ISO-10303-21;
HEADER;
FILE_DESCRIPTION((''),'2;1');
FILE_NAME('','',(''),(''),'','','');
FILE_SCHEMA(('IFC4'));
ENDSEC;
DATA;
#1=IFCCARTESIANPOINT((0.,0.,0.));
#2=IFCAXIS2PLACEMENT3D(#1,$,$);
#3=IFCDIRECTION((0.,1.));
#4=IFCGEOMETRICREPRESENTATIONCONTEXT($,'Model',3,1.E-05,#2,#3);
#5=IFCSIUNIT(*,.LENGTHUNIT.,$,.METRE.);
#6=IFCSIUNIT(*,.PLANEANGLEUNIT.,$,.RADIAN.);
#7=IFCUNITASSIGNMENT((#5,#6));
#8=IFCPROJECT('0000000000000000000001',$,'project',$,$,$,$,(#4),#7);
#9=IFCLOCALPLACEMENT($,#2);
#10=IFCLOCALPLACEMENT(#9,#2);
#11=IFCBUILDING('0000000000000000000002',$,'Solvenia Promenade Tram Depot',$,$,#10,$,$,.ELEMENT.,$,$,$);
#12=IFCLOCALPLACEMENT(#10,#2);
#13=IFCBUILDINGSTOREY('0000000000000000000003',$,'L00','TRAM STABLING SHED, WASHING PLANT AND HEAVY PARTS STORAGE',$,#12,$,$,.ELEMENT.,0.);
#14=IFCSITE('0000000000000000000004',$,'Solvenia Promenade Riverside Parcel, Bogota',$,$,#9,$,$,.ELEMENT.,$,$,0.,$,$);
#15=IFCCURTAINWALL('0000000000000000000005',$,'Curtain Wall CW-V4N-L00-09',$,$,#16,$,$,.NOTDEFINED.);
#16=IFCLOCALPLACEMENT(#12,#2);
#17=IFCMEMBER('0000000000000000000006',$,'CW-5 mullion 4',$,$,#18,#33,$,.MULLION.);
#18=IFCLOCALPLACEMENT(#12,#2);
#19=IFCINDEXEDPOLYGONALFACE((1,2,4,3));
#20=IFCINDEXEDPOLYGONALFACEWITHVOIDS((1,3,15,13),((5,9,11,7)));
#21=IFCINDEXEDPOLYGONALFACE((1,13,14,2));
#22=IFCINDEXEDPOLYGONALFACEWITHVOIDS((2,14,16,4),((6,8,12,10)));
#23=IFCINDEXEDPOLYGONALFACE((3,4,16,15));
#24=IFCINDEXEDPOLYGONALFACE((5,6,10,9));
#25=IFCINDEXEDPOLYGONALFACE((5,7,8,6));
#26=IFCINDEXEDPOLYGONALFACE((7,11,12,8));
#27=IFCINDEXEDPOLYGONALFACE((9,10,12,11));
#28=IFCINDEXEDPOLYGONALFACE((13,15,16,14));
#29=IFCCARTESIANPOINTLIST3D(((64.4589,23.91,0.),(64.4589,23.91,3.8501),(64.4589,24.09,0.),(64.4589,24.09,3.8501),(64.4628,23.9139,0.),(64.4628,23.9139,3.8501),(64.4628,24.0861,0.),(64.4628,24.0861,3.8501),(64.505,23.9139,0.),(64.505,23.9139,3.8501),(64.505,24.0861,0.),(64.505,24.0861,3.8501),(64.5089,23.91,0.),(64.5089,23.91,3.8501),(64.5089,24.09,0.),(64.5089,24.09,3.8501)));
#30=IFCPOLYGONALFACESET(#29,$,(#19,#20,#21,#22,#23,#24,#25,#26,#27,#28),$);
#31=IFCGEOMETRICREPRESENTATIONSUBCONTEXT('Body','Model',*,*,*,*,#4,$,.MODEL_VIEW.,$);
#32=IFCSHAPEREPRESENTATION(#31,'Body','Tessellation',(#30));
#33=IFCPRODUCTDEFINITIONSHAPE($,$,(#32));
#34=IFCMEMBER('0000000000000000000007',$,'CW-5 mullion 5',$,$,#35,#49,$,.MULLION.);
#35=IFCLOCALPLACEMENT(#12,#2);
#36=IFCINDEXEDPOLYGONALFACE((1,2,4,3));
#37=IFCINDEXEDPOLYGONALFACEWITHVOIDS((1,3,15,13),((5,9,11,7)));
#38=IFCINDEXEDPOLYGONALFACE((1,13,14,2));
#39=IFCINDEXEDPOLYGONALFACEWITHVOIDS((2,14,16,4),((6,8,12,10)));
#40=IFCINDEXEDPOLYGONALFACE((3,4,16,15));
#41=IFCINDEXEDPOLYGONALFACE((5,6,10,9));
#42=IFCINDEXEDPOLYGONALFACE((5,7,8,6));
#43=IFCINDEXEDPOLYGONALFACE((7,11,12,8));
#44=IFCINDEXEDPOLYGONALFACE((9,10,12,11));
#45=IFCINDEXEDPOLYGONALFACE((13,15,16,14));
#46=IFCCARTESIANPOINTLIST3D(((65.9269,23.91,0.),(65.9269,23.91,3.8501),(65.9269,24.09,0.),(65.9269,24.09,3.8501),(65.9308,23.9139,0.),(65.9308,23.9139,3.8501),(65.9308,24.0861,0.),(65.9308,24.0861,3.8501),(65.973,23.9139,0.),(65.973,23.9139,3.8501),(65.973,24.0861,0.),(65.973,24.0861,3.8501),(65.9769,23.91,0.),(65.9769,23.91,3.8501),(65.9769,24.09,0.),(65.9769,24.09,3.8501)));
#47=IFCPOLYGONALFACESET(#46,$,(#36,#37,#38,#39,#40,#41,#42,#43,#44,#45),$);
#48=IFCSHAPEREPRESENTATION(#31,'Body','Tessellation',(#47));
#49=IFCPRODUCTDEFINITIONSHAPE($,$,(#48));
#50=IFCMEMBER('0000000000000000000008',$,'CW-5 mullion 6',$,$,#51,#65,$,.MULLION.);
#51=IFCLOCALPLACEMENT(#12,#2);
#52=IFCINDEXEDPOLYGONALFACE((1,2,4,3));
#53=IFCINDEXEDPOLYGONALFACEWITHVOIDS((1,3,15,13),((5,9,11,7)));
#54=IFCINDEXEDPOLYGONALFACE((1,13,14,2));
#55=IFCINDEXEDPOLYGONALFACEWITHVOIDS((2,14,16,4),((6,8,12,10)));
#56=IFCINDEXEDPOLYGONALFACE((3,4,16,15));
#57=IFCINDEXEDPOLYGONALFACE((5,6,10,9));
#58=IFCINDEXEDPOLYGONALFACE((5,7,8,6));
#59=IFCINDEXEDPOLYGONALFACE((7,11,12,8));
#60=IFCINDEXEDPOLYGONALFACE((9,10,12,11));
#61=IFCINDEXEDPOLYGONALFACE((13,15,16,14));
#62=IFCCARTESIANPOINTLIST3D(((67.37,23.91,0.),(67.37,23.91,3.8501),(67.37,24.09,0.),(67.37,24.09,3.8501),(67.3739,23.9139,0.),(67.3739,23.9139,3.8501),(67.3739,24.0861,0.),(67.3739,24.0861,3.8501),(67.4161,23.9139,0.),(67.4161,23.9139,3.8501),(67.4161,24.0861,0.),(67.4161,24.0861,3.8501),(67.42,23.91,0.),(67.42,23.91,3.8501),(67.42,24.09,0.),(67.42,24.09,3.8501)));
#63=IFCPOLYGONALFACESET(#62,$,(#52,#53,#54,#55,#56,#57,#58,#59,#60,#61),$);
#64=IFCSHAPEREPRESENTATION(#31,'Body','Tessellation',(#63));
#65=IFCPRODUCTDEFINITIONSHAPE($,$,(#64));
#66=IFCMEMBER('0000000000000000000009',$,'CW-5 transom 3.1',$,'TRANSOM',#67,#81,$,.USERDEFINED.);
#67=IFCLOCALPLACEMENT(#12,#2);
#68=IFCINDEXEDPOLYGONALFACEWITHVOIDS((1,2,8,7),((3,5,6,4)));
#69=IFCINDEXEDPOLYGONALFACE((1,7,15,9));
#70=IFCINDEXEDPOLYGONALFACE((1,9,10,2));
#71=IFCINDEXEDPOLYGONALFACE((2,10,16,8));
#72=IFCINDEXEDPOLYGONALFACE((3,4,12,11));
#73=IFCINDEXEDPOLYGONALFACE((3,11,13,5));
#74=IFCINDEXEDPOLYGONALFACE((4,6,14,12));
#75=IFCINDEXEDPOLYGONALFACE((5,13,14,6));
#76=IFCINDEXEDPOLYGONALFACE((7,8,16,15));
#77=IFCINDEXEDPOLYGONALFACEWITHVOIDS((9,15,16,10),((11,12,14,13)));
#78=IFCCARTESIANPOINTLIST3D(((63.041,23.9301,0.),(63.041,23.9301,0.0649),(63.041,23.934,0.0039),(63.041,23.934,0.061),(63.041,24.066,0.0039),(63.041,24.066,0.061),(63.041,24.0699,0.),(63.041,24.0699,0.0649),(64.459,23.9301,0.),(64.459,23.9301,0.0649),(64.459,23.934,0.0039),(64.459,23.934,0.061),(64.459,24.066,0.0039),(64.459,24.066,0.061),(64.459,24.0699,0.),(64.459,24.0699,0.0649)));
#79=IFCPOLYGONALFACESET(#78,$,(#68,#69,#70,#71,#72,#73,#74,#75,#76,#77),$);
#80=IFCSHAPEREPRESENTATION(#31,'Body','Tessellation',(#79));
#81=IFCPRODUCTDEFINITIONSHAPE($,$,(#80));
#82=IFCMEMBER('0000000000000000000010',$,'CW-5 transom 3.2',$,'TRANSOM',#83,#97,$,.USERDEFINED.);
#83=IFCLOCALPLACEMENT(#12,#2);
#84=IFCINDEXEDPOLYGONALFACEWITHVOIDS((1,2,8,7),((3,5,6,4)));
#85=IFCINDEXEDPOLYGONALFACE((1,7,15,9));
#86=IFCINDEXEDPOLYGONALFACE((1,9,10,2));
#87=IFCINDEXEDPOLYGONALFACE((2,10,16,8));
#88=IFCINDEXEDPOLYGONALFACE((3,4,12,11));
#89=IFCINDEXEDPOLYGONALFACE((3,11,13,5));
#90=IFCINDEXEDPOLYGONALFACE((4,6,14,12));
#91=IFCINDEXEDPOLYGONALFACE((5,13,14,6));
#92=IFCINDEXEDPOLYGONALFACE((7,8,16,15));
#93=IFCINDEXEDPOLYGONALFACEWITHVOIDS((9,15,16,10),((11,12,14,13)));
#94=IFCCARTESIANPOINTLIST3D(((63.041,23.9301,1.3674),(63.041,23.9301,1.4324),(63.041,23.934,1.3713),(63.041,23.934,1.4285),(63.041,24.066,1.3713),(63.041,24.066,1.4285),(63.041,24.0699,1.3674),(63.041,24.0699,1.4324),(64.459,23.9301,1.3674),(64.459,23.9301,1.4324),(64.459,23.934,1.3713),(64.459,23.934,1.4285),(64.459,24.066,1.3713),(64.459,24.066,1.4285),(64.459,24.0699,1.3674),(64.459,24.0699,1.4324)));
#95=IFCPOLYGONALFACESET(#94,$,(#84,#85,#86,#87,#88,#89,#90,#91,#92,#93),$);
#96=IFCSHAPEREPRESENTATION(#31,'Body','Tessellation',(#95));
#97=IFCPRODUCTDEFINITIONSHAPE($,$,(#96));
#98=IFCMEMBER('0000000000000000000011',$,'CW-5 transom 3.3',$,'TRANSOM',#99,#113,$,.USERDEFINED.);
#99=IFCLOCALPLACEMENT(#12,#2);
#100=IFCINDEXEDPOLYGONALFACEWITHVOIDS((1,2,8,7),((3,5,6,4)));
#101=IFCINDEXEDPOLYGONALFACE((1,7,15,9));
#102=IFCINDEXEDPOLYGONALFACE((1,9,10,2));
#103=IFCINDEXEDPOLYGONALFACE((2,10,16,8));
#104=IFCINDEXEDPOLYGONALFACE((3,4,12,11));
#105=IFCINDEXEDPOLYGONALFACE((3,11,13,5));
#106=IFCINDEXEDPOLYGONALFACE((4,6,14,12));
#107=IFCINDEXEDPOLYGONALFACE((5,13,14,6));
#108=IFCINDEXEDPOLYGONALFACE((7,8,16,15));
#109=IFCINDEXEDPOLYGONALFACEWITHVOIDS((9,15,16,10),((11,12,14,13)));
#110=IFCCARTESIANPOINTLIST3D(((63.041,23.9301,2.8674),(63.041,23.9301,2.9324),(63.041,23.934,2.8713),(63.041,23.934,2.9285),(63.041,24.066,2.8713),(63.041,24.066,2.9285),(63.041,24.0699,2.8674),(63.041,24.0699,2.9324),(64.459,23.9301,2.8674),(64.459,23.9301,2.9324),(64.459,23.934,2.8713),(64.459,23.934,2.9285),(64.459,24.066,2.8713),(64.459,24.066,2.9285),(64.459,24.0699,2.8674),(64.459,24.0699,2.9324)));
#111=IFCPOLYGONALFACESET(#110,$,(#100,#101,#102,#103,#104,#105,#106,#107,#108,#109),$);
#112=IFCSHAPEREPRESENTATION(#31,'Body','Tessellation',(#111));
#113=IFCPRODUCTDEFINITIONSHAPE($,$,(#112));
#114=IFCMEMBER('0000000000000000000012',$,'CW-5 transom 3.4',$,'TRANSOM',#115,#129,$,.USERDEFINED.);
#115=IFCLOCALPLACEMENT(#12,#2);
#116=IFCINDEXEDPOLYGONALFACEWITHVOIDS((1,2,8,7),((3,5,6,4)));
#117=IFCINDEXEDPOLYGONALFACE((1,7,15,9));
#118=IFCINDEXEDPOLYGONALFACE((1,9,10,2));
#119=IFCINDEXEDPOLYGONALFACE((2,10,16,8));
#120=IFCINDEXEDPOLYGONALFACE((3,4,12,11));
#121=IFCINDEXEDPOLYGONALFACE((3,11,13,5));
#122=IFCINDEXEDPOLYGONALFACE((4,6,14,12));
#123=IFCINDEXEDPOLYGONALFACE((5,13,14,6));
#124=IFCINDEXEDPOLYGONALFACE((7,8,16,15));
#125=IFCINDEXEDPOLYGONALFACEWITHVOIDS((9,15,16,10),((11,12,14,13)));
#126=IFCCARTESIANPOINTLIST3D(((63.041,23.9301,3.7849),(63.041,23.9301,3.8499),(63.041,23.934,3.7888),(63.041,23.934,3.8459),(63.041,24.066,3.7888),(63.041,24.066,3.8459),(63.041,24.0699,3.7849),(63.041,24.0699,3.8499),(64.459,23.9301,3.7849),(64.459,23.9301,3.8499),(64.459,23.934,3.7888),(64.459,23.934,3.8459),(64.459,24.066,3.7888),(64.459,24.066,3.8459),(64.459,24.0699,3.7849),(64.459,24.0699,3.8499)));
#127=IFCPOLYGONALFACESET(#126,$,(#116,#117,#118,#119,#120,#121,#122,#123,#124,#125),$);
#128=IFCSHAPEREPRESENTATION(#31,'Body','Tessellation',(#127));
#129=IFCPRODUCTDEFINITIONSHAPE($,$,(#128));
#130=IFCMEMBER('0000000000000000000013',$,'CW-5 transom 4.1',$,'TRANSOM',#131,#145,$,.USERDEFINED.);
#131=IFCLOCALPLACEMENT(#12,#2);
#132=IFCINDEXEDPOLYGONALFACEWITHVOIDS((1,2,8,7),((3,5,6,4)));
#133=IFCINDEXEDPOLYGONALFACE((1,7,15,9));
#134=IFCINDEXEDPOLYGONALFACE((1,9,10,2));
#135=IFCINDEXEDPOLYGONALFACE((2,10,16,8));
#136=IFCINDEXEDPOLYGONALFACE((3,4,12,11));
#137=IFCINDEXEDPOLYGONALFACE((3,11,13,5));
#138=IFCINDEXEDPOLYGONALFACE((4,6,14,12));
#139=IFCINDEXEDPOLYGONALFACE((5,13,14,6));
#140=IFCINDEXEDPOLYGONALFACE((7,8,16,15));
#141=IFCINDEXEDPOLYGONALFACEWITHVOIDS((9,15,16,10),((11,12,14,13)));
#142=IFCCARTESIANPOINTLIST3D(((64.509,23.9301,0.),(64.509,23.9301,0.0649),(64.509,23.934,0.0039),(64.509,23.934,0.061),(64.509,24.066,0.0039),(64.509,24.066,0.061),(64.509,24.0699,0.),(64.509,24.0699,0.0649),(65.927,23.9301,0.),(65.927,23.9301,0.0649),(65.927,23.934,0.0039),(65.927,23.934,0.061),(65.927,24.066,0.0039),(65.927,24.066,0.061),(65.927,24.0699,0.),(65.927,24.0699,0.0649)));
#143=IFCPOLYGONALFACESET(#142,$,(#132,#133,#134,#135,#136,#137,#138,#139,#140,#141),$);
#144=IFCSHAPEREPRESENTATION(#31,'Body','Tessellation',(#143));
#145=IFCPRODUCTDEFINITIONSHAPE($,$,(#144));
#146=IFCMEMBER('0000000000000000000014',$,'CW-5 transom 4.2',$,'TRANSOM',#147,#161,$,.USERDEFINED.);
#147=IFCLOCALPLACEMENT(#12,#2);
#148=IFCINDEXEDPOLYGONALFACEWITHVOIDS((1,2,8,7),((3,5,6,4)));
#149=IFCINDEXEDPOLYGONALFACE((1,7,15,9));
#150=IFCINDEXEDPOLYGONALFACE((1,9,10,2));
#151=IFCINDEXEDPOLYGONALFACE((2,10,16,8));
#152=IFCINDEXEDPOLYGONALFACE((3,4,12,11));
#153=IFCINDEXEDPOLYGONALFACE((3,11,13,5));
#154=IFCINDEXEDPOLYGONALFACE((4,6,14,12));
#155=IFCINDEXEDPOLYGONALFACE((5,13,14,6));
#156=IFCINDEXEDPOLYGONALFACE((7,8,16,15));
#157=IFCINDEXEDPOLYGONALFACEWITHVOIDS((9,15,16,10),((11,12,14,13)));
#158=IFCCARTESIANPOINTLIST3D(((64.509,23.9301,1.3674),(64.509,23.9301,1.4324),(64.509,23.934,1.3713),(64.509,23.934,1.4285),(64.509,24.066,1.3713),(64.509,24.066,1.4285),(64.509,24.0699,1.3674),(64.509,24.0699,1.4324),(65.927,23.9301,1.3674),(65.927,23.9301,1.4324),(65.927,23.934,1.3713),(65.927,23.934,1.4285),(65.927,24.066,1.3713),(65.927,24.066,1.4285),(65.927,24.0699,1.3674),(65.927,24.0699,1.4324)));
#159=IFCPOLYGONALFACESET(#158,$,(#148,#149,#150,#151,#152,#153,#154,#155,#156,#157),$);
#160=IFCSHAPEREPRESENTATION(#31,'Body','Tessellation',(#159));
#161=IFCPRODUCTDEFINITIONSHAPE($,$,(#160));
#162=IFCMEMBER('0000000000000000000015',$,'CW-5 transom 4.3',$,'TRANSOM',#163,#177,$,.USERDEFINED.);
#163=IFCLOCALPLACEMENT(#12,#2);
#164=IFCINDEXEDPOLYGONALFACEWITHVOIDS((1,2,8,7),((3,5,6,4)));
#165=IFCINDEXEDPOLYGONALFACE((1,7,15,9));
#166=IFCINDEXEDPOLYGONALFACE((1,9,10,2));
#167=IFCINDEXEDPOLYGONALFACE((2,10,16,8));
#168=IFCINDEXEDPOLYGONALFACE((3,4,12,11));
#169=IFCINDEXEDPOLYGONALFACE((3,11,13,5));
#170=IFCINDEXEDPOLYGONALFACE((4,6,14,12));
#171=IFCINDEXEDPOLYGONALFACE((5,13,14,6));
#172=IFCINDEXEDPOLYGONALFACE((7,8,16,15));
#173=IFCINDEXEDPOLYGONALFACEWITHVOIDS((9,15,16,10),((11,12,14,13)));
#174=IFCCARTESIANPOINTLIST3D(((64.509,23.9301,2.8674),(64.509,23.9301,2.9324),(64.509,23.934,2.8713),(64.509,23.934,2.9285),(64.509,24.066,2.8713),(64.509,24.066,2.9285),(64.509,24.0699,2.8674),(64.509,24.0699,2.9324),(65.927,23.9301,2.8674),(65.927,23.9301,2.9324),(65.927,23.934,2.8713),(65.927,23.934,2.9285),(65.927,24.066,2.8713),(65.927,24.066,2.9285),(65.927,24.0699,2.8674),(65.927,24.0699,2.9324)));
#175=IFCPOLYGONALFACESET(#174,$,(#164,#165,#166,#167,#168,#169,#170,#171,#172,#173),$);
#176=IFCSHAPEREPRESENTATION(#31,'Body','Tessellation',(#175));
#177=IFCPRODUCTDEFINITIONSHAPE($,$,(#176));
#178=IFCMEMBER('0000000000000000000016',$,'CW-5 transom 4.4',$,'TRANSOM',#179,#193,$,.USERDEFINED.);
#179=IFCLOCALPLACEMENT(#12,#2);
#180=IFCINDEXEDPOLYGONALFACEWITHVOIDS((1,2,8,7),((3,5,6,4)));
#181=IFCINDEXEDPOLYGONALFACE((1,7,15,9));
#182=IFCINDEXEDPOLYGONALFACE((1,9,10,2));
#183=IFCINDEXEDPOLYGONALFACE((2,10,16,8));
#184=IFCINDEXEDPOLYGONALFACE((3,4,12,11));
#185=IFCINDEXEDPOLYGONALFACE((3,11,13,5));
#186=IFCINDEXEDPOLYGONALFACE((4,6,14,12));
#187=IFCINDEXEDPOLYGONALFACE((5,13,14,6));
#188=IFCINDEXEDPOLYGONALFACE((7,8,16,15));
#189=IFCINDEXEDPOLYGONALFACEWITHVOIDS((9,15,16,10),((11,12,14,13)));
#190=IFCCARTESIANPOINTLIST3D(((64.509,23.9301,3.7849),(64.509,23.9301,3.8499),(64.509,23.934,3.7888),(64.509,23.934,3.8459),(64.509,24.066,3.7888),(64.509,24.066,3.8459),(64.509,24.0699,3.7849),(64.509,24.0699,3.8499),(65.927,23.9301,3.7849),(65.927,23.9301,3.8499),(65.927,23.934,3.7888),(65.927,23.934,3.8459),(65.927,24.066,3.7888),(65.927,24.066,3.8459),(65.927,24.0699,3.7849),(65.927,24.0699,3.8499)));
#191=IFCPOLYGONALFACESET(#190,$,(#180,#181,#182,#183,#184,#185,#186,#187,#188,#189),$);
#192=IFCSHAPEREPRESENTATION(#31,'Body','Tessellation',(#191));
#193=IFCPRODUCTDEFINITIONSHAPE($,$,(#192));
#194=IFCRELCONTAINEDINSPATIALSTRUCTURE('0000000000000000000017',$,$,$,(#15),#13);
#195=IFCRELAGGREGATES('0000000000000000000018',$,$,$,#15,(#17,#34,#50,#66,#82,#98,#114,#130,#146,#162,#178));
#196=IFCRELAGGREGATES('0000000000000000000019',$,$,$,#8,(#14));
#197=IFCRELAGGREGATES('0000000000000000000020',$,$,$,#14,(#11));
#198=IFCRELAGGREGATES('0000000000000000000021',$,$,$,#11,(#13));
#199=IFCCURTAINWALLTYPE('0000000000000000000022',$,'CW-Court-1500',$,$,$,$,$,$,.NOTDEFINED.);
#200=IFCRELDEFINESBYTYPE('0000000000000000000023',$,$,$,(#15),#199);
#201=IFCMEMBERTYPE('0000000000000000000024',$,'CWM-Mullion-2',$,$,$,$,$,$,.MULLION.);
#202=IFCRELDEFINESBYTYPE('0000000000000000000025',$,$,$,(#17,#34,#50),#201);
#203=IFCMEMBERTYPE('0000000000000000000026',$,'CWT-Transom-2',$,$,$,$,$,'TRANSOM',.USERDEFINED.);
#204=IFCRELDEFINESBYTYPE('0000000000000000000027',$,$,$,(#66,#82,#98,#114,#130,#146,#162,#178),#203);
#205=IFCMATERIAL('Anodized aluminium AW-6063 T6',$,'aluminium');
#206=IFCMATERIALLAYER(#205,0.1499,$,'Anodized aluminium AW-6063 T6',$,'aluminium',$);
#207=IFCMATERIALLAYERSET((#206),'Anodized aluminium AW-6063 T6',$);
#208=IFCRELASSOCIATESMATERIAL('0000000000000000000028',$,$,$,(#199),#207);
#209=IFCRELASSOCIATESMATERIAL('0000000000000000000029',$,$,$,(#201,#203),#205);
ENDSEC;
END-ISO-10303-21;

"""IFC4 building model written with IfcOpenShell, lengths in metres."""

from ifc_helpers import new_model, si_unit, direction, frame, origin, origin_2d, place, context, subcontext, project, spatial, hollow_rectangle, extrude, material, layer, layer_set, material_profile, profile_set, type_object, element, aggregate, save


model = new_model("IFC4")

# Units and contexts
model_context = context("Model", 3, precision=1e-05, world=origin(), true_north=direction((0.0, 1.0)))
body_context = subcontext(model_context, "Body", "Model", "MODEL_VIEW")
ifc_project = project(units=[si_unit("LENGTHUNIT", "METRE"), si_unit("PLANEANGLEUNIT", "RADIAN")], contexts=[model_context])

# Site, building, storey
site_placement = place(None, origin())
site = spatial("IfcSite", under=ifc_project, at=site_placement, Name="Solvenia Promenade Riverside Parcel, Bogota", CompositionType="ELEMENT", RefElevation=0.0)
building_placement = place(site_placement, origin())
building = spatial("IfcBuilding", under=site, at=building_placement, Name="Solvenia Promenade Tram Depot", CompositionType="ELEMENT")
storey_placement = place(building_placement, origin())
storey = spatial("IfcBuildingStorey", under=building, at=storey_placement, Name="L00", Description="TRAM STABLING SHED, WASHING PLANT AND HEAVY PARTS STORAGE", CompositionType="ELEMENT", Elevation=0.0)

# Curtain wall, members
ifc_material_1 = material(Name="Anodized aluminium AW-6063 T6", Category="aluminium")
ifc_layer_1 = layer(ifc_material_1, 0.1499, Name="Anodized aluminium AW-6063 T6", Category="aluminium")
ifc_layer_set_1 = layer_set([ifc_layer_1], Name="Anodized aluminium AW-6063 T6")
curtain_wall_type = type_object("IfcCurtainWallType", Name="CW-Court-1500", PredefinedType="NOTDEFINED", material=ifc_layer_set_1)
curtain_wall_placement = place(storey_placement, origin())
curtain_wall = element("IfcCurtainWall", 1, at=curtain_wall_placement, inside=storey, type_object=curtain_wall_type, Name="Curtain Wall CW-V4N-L00-09", PredefinedType="NOTDEFINED")
ifc_material_profile_1 = material_profile(ifc_material_1, hollow_rectangle(XDim=0.1799, YDim=0.05, WallThickness=0.0039, at=origin_2d()), Name="ALU-M2", Category="aluminium")
ifc_profile_set_1 = profile_set([ifc_material_profile_1], Name="Anodized aluminium AW-6063 T6")
member_type_1 = type_object("IfcMemberType", Name="CWM-Mullion-2", PredefinedType="MULLION", material=ifc_profile_set_1)
member_1_placement = place(storey_placement, frame((64.4839, 24.0, 0.0), z_axis=(0.0, 0.0, 1.0), x_axis=(0.0, 1.0, 0.0)))
member_1 = element("IfcMember", 2, at=member_1_placement, type_object=member_type_1, Name="CW-5 mullion 4", PredefinedType="MULLION", context=body_context, shape_type="SweptSolid", body=[
    extrude(hollow_rectangle(XDim=0.1799, YDim=0.05, WallThickness=0.0039, at=origin_2d()), origin(), (0.0, 0.0, 1.0), 3.8501),
])
member_2_placement = place(storey_placement, frame((65.9519, 24.0, 0.0), z_axis=(0.0, 0.0, 1.0), x_axis=(0.0, 1.0, 0.0)))
member_2 = element("IfcMember", 3, at=member_2_placement, type_object=member_type_1, Name="CW-5 mullion 5", PredefinedType="MULLION", context=body_context, shape_type="SweptSolid", body=[
    extrude(hollow_rectangle(XDim=0.1799, YDim=0.05, WallThickness=0.0039, at=origin_2d()), origin(), (0.0, 0.0, 1.0), 3.8501),
])
member_3_placement = place(storey_placement, frame((67.395, 24.0, 0.0), z_axis=(0.0, 0.0, 1.0), x_axis=(0.0, 1.0, 0.0)))
member_3 = element("IfcMember", 4, at=member_3_placement, type_object=member_type_1, Name="CW-5 mullion 6", PredefinedType="MULLION", context=body_context, shape_type="SweptSolid", body=[
    extrude(hollow_rectangle(XDim=0.1799, YDim=0.05, WallThickness=0.0039, at=origin_2d()), origin(), (0.0, 0.0, 1.0), 3.8501),
])
ifc_material_profile_2 = material_profile(ifc_material_1, hollow_rectangle(XDim=0.1399, YDim=0.0649, WallThickness=0.0039, at=origin_2d()), Name="ALU-T2", Category="aluminium")
ifc_profile_set_2 = profile_set([ifc_material_profile_2], Name="Anodized aluminium AW-6063 T6")
member_type_2 = type_object("IfcMemberType", Name="CWT-Transom-2", ElementType="TRANSOM", PredefinedType="USERDEFINED", material=ifc_profile_set_2)
member_4_placement = place(storey_placement, frame((63.041, 24.0, 0.0325), z_axis=(1.0, 0.0, 0.0), x_axis=(0.0, 1.0, 0.0)))
member_4 = element("IfcMember", 5, at=member_4_placement, type_object=member_type_2, Name="CW-5 transom 3.1", ObjectType="TRANSOM", PredefinedType="USERDEFINED", context=body_context, shape_type="SweptSolid", body=[
    extrude(hollow_rectangle(XDim=0.1399, YDim=0.0649, WallThickness=0.0039, at=origin_2d()), origin(), (0.0, 0.0, 1.0), 1.418),
])
member_5_placement = place(storey_placement, frame((63.041, 24.0, 1.3999), z_axis=(1.0, 0.0, 0.0), x_axis=(0.0, 1.0, 0.0)))
member_5 = element("IfcMember", 6, at=member_5_placement, type_object=member_type_2, Name="CW-5 transom 3.2", ObjectType="TRANSOM", PredefinedType="USERDEFINED", context=body_context, shape_type="SweptSolid", body=[
    extrude(hollow_rectangle(XDim=0.1399, YDim=0.0649, WallThickness=0.0039, at=origin_2d()), origin(), (0.0, 0.0, 1.0), 1.418),
])
member_6_placement = place(storey_placement, frame((63.041, 24.0, 2.8999), z_axis=(1.0, 0.0, 0.0), x_axis=(0.0, 1.0, 0.0)))
member_6 = element("IfcMember", 7, at=member_6_placement, type_object=member_type_2, Name="CW-5 transom 3.3", ObjectType="TRANSOM", PredefinedType="USERDEFINED", context=body_context, shape_type="SweptSolid", body=[
    extrude(hollow_rectangle(XDim=0.1399, YDim=0.0649, WallThickness=0.0039, at=origin_2d()), origin(), (0.0, 0.0, 1.0), 1.418),
])
member_7_placement = place(storey_placement, frame((63.041, 24.0, 3.8174), z_axis=(1.0, 0.0, 0.0), x_axis=(0.0, 1.0, 0.0)))
member_7 = element("IfcMember", 8, at=member_7_placement, type_object=member_type_2, Name="CW-5 transom 3.4", ObjectType="TRANSOM", PredefinedType="USERDEFINED", context=body_context, shape_type="SweptSolid", body=[
    extrude(hollow_rectangle(XDim=0.1399, YDim=0.0649, WallThickness=0.0039, at=origin_2d()), origin(), (0.0, 0.0, 1.0), 1.418),
])
member_8_placement = place(storey_placement, frame((64.509, 24.0, 0.0325), z_axis=(1.0, 0.0, 0.0), x_axis=(0.0, 1.0, 0.0)))
member_8 = element("IfcMember", 9, at=member_8_placement, type_object=member_type_2, Name="CW-5 transom 4.1", ObjectType="TRANSOM", PredefinedType="USERDEFINED", context=body_context, shape_type="SweptSolid", body=[
    extrude(hollow_rectangle(XDim=0.1399, YDim=0.0649, WallThickness=0.0039, at=origin_2d()), origin(), (0.0, 0.0, 1.0), 1.418),
])
member_9_placement = place(storey_placement, frame((64.509, 24.0, 1.3999), z_axis=(1.0, 0.0, 0.0), x_axis=(0.0, 1.0, 0.0)))
member_9 = element("IfcMember", 10, at=member_9_placement, type_object=member_type_2, Name="CW-5 transom 4.2", ObjectType="TRANSOM", PredefinedType="USERDEFINED", context=body_context, shape_type="SweptSolid", body=[
    extrude(hollow_rectangle(XDim=0.1399, YDim=0.0649, WallThickness=0.0039, at=origin_2d()), origin(), (0.0, 0.0, 1.0), 1.418),
])
member_10_placement = place(storey_placement, frame((64.509, 24.0, 2.8999), z_axis=(1.0, 0.0, 0.0), x_axis=(0.0, 1.0, 0.0)))
member_10 = element("IfcMember", 11, at=member_10_placement, type_object=member_type_2, Name="CW-5 transom 4.3", ObjectType="TRANSOM", PredefinedType="USERDEFINED", context=body_context, shape_type="SweptSolid", body=[
    extrude(hollow_rectangle(XDim=0.1399, YDim=0.0649, WallThickness=0.0039, at=origin_2d()), origin(), (0.0, 0.0, 1.0), 1.418),
])
member_11_placement = place(storey_placement, frame((64.509, 24.0, 3.8174), z_axis=(1.0, 0.0, 0.0), x_axis=(0.0, 1.0, 0.0)))
member_11 = element("IfcMember", 12, at=member_11_placement, type_object=member_type_2, Name="CW-5 transom 4.4", ObjectType="TRANSOM", PredefinedType="USERDEFINED", context=body_context, shape_type="SweptSolid", body=[
    extrude(hollow_rectangle(XDim=0.1399, YDim=0.0649, WallThickness=0.0039, at=origin_2d()), origin(), (0.0, 0.0, 1.0), 1.418),
])
aggregate(curtain_wall, [member_1, member_2, member_3, member_4, member_5, member_6, member_7, member_8, member_9, member_10, member_11])

save(model, "model.ifc")
